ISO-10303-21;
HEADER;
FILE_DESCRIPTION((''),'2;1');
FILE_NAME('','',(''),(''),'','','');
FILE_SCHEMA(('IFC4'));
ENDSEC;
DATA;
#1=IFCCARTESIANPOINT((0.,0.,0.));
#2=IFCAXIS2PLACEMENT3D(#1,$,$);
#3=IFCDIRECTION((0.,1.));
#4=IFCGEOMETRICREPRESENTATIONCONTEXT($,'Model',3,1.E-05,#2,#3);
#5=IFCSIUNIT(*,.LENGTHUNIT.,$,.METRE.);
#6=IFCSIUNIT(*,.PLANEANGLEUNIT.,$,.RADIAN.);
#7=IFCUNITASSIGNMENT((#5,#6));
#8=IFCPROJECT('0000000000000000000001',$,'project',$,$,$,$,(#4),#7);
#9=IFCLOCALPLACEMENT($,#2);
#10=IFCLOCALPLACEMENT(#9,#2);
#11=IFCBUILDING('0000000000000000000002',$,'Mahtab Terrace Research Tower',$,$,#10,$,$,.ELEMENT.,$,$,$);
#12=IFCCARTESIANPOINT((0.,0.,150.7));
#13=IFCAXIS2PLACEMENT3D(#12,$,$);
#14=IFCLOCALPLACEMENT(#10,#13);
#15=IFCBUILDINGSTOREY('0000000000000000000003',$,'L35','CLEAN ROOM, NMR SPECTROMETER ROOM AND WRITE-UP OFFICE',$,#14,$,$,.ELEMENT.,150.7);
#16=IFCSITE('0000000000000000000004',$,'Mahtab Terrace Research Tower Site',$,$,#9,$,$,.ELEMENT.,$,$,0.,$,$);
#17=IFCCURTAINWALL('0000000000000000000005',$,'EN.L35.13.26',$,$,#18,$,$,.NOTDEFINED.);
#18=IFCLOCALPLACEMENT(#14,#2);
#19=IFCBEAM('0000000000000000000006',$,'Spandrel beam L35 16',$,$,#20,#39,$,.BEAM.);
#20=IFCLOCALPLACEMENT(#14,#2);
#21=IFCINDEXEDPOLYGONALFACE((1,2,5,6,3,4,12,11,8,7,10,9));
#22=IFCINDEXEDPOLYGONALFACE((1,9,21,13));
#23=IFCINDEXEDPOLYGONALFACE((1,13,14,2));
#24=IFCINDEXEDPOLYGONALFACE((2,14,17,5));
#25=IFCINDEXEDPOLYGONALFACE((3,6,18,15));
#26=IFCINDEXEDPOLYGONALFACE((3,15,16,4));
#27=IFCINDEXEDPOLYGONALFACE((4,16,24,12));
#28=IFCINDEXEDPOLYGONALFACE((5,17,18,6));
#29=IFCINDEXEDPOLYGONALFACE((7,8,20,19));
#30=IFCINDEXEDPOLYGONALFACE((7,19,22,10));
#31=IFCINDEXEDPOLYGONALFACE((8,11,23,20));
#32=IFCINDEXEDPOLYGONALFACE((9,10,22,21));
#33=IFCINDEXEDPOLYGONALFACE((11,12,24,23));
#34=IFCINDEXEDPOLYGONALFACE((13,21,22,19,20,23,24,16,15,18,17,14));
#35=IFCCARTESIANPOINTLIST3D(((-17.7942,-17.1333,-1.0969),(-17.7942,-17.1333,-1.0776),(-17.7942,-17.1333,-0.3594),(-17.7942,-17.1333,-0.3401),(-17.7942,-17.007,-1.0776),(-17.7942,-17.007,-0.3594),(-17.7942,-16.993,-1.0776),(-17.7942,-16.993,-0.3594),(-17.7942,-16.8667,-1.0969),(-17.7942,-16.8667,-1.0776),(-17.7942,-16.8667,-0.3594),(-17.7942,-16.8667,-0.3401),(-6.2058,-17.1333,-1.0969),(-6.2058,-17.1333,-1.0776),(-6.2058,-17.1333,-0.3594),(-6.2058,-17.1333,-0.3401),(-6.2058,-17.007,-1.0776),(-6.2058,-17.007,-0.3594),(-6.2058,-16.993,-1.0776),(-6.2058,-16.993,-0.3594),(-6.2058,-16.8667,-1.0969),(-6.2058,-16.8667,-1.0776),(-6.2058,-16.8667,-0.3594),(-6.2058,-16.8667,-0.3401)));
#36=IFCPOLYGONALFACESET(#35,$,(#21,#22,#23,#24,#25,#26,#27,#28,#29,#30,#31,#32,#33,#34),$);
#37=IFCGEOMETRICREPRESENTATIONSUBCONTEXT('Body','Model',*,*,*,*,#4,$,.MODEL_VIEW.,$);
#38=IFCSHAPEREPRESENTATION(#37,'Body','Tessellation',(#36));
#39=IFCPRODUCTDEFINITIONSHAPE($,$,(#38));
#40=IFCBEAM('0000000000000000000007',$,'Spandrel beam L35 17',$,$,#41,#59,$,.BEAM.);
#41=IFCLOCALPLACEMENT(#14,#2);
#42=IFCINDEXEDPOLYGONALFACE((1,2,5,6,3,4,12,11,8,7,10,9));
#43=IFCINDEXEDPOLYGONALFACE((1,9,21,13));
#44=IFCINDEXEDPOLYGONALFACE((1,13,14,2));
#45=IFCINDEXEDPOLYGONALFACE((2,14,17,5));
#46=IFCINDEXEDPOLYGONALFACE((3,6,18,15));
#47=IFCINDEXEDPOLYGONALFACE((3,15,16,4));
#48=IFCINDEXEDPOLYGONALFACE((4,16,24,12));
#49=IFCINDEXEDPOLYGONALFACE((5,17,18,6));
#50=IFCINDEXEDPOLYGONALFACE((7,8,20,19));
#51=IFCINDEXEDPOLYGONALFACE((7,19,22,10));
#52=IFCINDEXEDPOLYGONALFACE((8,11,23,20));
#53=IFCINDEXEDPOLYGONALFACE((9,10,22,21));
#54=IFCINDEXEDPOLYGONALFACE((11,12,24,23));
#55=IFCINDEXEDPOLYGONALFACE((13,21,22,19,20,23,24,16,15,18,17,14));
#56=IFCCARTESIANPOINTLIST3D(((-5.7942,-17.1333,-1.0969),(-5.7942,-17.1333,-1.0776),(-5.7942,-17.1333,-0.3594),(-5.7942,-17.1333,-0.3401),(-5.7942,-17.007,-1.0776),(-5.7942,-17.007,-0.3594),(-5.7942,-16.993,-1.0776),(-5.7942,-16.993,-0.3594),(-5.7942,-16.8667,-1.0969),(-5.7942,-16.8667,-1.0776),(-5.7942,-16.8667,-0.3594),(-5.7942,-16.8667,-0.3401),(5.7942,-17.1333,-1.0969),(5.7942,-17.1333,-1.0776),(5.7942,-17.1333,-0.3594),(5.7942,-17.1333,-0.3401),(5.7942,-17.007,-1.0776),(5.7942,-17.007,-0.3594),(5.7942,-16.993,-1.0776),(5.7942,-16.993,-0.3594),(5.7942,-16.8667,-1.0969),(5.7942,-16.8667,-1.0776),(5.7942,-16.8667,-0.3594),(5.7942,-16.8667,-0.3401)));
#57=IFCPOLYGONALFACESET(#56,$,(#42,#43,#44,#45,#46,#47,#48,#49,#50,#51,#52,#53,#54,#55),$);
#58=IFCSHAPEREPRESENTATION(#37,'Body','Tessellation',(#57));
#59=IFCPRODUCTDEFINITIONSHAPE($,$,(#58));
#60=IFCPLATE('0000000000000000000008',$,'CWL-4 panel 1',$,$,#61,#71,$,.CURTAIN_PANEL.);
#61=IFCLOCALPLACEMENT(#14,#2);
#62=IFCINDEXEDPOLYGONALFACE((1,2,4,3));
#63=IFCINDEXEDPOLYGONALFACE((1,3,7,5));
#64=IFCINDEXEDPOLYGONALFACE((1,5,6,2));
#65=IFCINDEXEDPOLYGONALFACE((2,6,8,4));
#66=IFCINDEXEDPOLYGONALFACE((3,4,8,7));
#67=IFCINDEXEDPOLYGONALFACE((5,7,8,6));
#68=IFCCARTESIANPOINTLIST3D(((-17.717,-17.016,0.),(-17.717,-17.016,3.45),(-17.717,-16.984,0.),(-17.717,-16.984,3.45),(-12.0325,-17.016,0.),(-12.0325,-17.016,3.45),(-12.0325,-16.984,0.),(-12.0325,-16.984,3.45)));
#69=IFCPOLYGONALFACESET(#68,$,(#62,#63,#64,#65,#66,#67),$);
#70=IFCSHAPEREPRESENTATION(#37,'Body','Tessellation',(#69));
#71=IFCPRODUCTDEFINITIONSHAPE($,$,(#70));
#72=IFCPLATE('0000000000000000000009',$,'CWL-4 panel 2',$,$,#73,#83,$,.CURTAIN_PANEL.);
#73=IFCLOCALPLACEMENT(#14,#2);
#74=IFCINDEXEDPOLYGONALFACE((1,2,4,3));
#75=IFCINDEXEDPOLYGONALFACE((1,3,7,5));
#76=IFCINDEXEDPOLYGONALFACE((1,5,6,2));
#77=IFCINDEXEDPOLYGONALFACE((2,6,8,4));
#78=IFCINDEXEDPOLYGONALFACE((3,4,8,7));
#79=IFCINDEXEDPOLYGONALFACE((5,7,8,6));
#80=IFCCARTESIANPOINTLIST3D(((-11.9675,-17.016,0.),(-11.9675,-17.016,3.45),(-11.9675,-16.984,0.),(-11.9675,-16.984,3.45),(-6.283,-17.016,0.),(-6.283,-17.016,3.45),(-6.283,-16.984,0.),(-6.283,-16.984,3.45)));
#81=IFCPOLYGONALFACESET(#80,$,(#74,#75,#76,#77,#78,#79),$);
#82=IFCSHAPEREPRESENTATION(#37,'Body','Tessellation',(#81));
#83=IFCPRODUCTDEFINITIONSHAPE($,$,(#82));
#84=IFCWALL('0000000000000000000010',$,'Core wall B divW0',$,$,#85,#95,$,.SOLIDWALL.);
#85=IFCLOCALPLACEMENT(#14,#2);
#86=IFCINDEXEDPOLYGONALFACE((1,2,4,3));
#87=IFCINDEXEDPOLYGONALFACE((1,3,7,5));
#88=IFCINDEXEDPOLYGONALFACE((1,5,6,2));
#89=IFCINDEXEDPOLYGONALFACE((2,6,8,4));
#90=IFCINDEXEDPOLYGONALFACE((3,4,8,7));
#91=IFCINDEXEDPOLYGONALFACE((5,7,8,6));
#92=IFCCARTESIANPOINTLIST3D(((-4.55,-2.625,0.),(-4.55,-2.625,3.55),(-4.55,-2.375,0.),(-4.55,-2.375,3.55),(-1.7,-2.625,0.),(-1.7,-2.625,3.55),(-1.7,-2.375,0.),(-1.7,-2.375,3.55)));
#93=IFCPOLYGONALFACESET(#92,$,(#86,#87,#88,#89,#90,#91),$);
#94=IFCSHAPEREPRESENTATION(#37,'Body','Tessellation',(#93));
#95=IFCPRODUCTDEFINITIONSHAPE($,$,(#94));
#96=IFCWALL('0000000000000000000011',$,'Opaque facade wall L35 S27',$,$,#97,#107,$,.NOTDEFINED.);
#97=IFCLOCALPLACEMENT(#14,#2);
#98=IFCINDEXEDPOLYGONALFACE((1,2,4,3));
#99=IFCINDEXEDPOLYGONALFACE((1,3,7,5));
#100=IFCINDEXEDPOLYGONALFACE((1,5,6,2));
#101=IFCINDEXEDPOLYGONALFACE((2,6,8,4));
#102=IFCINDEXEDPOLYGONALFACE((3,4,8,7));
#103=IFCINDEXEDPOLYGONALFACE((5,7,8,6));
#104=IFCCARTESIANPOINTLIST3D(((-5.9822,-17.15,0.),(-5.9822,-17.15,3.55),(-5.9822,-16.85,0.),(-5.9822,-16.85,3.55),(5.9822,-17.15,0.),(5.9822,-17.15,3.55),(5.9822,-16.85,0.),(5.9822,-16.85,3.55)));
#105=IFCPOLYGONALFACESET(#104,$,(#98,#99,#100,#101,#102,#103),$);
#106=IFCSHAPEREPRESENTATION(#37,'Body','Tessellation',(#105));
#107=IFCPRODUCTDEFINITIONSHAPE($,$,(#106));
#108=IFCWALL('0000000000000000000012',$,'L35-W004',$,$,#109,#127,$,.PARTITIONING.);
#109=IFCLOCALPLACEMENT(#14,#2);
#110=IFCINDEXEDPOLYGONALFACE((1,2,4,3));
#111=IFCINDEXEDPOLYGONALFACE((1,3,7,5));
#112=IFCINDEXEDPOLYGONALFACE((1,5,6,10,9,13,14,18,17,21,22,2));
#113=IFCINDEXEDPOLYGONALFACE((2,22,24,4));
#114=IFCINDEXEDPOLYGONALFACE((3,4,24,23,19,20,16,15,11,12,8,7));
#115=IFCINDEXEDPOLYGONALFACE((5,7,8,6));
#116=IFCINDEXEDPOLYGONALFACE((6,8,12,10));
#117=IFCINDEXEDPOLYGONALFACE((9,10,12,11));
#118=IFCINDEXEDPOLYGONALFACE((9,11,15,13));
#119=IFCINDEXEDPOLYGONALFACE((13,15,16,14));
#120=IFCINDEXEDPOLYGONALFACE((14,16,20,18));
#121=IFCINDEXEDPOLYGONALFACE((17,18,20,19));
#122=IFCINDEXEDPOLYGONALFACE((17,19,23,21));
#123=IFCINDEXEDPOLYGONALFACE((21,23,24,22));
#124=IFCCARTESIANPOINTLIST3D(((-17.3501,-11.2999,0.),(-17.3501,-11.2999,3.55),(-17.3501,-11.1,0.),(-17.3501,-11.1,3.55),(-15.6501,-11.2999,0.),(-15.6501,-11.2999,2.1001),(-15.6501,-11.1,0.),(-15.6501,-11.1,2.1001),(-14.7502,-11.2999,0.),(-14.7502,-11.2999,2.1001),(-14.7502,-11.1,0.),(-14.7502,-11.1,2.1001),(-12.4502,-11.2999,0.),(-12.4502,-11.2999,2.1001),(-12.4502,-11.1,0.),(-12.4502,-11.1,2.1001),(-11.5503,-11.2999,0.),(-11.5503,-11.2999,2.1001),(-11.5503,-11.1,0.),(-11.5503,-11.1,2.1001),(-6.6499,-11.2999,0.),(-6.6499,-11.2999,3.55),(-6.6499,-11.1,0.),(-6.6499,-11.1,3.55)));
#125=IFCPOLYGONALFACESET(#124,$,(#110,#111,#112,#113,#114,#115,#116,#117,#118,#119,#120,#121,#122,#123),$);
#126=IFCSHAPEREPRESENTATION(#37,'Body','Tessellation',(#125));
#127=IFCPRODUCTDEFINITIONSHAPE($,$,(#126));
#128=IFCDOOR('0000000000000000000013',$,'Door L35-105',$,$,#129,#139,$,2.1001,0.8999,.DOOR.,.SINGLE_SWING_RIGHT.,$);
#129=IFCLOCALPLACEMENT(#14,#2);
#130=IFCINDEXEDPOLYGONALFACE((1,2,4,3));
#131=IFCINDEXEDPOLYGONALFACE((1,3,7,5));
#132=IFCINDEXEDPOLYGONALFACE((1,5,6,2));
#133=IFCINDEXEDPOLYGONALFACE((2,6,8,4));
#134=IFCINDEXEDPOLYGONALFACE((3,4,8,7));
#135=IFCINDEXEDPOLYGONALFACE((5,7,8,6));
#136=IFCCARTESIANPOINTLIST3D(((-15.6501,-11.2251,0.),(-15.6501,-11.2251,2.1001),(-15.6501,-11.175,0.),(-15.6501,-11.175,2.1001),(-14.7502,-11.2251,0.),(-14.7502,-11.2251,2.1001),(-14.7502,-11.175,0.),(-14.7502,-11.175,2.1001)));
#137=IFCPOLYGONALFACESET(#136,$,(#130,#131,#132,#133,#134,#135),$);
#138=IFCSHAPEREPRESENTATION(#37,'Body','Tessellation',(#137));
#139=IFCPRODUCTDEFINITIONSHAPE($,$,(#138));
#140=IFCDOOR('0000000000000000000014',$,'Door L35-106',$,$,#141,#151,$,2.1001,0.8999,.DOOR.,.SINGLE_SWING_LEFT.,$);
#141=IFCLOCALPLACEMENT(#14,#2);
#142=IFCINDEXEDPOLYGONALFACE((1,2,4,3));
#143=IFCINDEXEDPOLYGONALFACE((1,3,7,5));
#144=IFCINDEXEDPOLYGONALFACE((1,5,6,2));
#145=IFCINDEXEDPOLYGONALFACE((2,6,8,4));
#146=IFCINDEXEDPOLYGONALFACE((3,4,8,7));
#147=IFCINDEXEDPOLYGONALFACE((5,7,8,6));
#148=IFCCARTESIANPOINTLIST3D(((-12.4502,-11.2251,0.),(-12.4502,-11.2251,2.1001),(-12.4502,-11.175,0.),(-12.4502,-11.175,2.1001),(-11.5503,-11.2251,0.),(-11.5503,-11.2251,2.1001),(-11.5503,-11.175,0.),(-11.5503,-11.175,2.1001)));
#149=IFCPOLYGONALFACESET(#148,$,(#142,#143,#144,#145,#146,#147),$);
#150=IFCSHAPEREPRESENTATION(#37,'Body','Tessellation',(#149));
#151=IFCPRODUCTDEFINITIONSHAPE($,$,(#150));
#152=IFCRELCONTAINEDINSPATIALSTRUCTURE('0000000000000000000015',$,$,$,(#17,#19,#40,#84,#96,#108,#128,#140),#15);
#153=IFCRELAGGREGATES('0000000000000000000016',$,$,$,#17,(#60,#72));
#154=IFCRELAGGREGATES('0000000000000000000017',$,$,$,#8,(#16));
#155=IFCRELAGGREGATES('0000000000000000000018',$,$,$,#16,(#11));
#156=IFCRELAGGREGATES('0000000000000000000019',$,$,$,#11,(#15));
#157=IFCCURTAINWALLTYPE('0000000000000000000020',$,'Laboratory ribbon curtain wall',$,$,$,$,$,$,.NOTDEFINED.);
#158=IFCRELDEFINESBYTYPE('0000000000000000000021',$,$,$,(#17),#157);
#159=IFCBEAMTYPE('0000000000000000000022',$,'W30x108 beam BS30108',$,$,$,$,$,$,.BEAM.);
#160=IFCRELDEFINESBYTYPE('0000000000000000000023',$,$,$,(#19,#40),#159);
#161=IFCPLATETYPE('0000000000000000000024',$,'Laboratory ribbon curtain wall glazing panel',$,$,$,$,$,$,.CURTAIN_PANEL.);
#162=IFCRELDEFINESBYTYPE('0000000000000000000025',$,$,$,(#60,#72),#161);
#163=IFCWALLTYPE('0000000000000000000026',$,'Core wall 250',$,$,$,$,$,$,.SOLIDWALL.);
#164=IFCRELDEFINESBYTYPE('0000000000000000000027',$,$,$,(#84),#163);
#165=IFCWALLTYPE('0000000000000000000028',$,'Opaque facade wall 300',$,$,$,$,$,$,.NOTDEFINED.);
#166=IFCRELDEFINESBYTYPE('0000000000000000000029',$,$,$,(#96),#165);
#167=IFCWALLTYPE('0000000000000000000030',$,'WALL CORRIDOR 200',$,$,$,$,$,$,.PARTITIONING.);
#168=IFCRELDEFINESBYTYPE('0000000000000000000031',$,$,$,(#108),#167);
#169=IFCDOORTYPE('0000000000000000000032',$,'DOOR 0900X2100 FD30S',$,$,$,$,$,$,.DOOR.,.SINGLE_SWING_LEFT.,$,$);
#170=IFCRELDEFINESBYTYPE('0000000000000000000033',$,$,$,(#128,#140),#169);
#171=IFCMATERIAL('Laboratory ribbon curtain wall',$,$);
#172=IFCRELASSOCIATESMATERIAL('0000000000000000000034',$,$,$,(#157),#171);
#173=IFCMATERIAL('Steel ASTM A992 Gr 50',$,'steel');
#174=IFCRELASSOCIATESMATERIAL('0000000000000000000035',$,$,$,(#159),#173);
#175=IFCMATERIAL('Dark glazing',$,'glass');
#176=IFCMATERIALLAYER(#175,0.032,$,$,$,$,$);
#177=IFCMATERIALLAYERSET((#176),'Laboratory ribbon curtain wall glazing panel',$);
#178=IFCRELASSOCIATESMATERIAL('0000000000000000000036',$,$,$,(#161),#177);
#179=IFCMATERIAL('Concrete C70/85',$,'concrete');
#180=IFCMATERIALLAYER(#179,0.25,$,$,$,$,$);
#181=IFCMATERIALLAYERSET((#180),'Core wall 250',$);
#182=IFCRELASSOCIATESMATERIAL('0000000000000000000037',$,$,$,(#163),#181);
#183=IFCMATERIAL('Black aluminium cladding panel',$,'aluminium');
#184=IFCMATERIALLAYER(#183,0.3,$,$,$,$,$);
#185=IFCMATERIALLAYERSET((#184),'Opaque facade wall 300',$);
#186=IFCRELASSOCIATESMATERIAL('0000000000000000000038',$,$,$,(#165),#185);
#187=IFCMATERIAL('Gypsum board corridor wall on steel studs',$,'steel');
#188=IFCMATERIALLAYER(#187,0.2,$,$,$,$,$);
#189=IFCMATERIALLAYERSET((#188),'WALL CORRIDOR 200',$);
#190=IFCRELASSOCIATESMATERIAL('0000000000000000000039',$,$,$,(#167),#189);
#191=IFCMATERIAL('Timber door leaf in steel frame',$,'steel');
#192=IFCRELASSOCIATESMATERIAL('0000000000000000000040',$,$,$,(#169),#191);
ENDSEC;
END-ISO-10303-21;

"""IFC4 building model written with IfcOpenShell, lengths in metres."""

from ifc_helpers import new_model, si_unit, direction, frame, frame_2d, origin, origin_2d, place, context, subcontext, project, spatial, rectangle, i_section, extrude, material, layer, layer_set, material_profile, profile_set, type_object, element, fill, aggregate, save


model = new_model("IFC4")

# Units and contexts
model_context = context("Model", 3, precision=1e-05, world=origin(), true_north=direction((0.0, 1.0)))
body_context = subcontext(model_context, "Body", "Model", "MODEL_VIEW")
ifc_project = project(units=[si_unit("LENGTHUNIT", "METRE"), si_unit("PLANEANGLEUNIT", "RADIAN")], contexts=[model_context])

# Site, building, storey
site_placement = place(None, origin())
site = spatial("IfcSite", under=ifc_project, at=site_placement, Name="Mahtab Terrace Research Tower Site", CompositionType="ELEMENT", RefElevation=0.0)
building_placement = place(site_placement, origin())
building = spatial("IfcBuilding", under=site, at=building_placement, Name="Mahtab Terrace Research Tower", CompositionType="ELEMENT")
storey_placement = place(building_placement, frame((0.0, 0.0, 150.7)))
storey = spatial("IfcBuildingStorey", under=building, at=storey_placement, Name="L35", Description="CLEAN ROOM, NMR SPECTROMETER ROOM AND WRITE-UP OFFICE", CompositionType="ELEMENT", Elevation=150.7)

# Shared definitions
ifc_material_1 = material(Name="Concrete C70/85", Category="concrete")
ifc_material_2 = material(Name="Steel ASTM A992 Gr 50", Category="steel")

# Curtain wall
ifc_material_3 = material(Name="Laboratory ribbon curtain wall")
curtain_wall_type = type_object("IfcCurtainWallType", Name="Laboratory ribbon curtain wall", PredefinedType="NOTDEFINED", material=ifc_material_3)
curtain_wall_placement = place(storey_placement, origin())
curtain_wall = element("IfcCurtainWall", 1, at=curtain_wall_placement, inside=storey, type_object=curtain_wall_type, Name="EN.L35.13.26", PredefinedType="NOTDEFINED")

# Beams
ifc_material_profile_1 = material_profile(ifc_material_2, i_section(OverallWidth=0.2666, OverallDepth=0.7568, WebThickness=0.0139, FlangeThickness=0.0193, at=origin_2d()), Name="W30X108")
ifc_profile_set_1 = profile_set([ifc_material_profile_1], Name="Steel ASTM A992 Gr 50")
beam_type = type_object("IfcBeamType", Name="W30x108 beam BS30108", PredefinedType="BEAM", material=ifc_profile_set_1)
for number, where, z_axis, x_axis, name in (
    (2, (-17.7942, -17.0, -0.7185), (1.0, 0.0, 0.0), (0.0, 1.0, 0.0), "Spandrel beam L35 16"),
    (3, (-5.7942, -17.0, -0.7185), (1.0, 0.0, 0.0), (0.0, 1.0, 0.0), "Spandrel beam L35 17"),
):
    element("IfcBeam", number, at=place(storey_placement, frame(where, z_axis=z_axis, x_axis=x_axis)), inside=storey, type_object=beam_type, Name=name, PredefinedType="BEAM", context=body_context, shape_type="SweptSolid", body=[
        extrude(i_section(OverallWidth=0.2666, OverallDepth=0.7568, WebThickness=0.0139, FlangeThickness=0.0193, at=origin_2d()), origin(), (0.0, 0.0, 1.0), 11.5884),
    ])

# Plates
ifc_material_4 = material(Name="Dark glazing", Category="glass")
ifc_layer_1 = layer(ifc_material_4, 0.032)
ifc_layer_set_1 = layer_set([ifc_layer_1], Name="Laboratory ribbon curtain wall glazing panel")
plate_type = type_object("IfcPlateType", Name="Laboratory ribbon curtain wall glazing panel", PredefinedType="CURTAIN_PANEL", material=ifc_layer_set_1)
plate_1_placement = place(storey_placement, frame((-14.8748, -17.0, 0.0), z_axis=(0.0, 0.0, 1.0), x_axis=(1.0, 0.0, 0.0)))
plate_1 = element("IfcPlate", 4, at=plate_1_placement, type_object=plate_type, Name="CWL-4 panel 1", PredefinedType="CURTAIN_PANEL", context=body_context, shape_type="SweptSolid", body=[
    extrude(rectangle(XDim=5.6846, YDim=0.032, at=origin_2d()), origin(), (0.0, 0.0, 1.0), 3.45),
])
plate_2_placement = place(storey_placement, frame((-9.1252, -17.0, 0.0), z_axis=(0.0, 0.0, 1.0), x_axis=(1.0, 0.0, 0.0)))
plate_2 = element("IfcPlate", 5, at=plate_2_placement, type_object=plate_type, Name="CWL-4 panel 2", PredefinedType="CURTAIN_PANEL", context=body_context, shape_type="SweptSolid", body=[
    extrude(rectangle(XDim=5.6846, YDim=0.032, at=origin_2d()), origin(), (0.0, 0.0, 1.0), 3.45),
])
aggregate(curtain_wall, [plate_1, plate_2])

# Walls
ifc_layer_2 = layer(ifc_material_1, 0.25)
ifc_layer_set_2 = layer_set([ifc_layer_2], Name="Core wall 250")
wall_type_1 = type_object("IfcWallType", Name="Core wall 250", PredefinedType="SOLIDWALL", material=ifc_layer_set_2)
wall_1_placement = place(storey_placement, frame((-4.55, -2.5, 0.0), z_axis=(0.0, 0.0, 1.0), x_axis=(1.0, 0.0, 0.0)))
element("IfcWall", 6, at=wall_1_placement, inside=storey, type_object=wall_type_1, Name="Core wall B divW0", PredefinedType="SOLIDWALL", context=body_context, shape_type="SweptSolid", body=[
    extrude(rectangle(XDim=2.8501, YDim=0.25, at=frame_2d((1.425, 0.0))), origin(), (0.0, 0.0, 1.0), 3.55),
])
ifc_material_5 = material(Name="Black aluminium cladding panel", Category="aluminium")
ifc_layer_3 = layer(ifc_material_5, 0.3)
ifc_layer_set_3 = layer_set([ifc_layer_3], Name="Opaque facade wall 300")
wall_type_2 = type_object("IfcWallType", Name="Opaque facade wall 300", PredefinedType="NOTDEFINED", material=ifc_layer_set_3)
wall_2_placement = place(storey_placement, frame((-5.9822, -17.0, 0.0), z_axis=(0.0, 0.0, 1.0), x_axis=(1.0, 0.0, 0.0)))
element("IfcWall", 7, at=wall_2_placement, inside=storey, type_object=wall_type_2, Name="Opaque facade wall L35 S27", PredefinedType="NOTDEFINED", context=body_context, shape_type="SweptSolid", body=[
    extrude(rectangle(XDim=11.9644, YDim=0.3, at=frame_2d((5.9822, 0.0))), origin(), (0.0, 0.0, 1.0), 3.55),
])

# Wall, openings, doors
ifc_material_6 = material(Name="Gypsum board corridor wall on steel studs", Category="steel")
ifc_layer_4 = layer(ifc_material_6, 0.2)
ifc_layer_set_4 = layer_set([ifc_layer_4], Name="WALL CORRIDOR 200")
wall_type_3 = type_object("IfcWallType", Name="WALL CORRIDOR 200", PredefinedType="PARTITIONING", material=ifc_layer_set_4)
wall_3_placement = place(storey_placement, frame((-17.3501, -11.2, 0.0), z_axis=(0.0, 0.0, 1.0), x_axis=(1.0, 0.0, 0.0)))
wall_3 = element("IfcWall", 8, at=wall_3_placement, inside=storey, type_object=wall_type_3, Name="L35-W004", PredefinedType="PARTITIONING", context=body_context, shape_type="SweptSolid", body=[
    extrude(rectangle(XDim=10.7002, YDim=0.2, at=frame_2d((5.3501, 0.0))), origin(), (0.0, 0.0, 1.0), 3.55),
])
opening_1_placement = place(wall_3_placement, frame((1.7, 0.0, 0.0)))
opening_1 = element("IfcOpeningElement", 9, at=opening_1_placement, cuts=wall_3, PredefinedType="OPENING", context=body_context, shape_type="SweptSolid", body=[
    extrude(rectangle(XDim=0.8999, YDim=2.1001, at=frame_2d((0.45, 1.05))), frame((0.0, 0.1099, 0.0), z_axis=(0.0, -1.0, 0.0), x_axis=(1.0, 0.0, 0.0)), (0.0, 0.0, 1.0), 0.22),
])
opening_2_placement = place(wall_3_placement, frame((4.8999, 0.0, 0.0)))
opening_2 = element("IfcOpeningElement", 10, at=opening_2_placement, cuts=wall_3, PredefinedType="OPENING", context=body_context, shape_type="SweptSolid", body=[
    extrude(rectangle(XDim=0.8999, YDim=2.1001, at=frame_2d((0.45, 1.05))), frame((0.0, 0.1099, 0.0), z_axis=(0.0, -1.0, 0.0), x_axis=(1.0, 0.0, 0.0)), (0.0, 0.0, 1.0), 0.22),
])
ifc_material_7 = material(Name="Timber door leaf in steel frame", Category="steel")
door_type_1 = type_object("IfcDoorType", Name="DOOR 0900X2100 FD30S", OperationType="SINGLE_SWING_LEFT", PredefinedType="DOOR", material=ifc_material_7)
door_1_placement = place(opening_1_placement, origin())
door_1 = element("IfcDoor", 11, at=door_1_placement, inside=storey, type_object=door_type_1, Name="Door L35-105", OperationType="SINGLE_SWING_RIGHT", OverallHeight=2.1001, OverallWidth=0.8999, PredefinedType="DOOR", context=body_context, shape_type="SweptSolid", body=[
    extrude(rectangle(XDim=0.8999, YDim=2.1001, at=frame_2d((0.45, 1.05))), frame((0.0, 0.0249, 0.0), z_axis=(0.0, -1.0, 0.0), x_axis=(1.0, 0.0, 0.0)), (0.0, 0.0, 1.0), 0.05),
])
fill(opening_1, door_1)
door_2_placement = place(opening_2_placement, origin())
door_2 = element("IfcDoor", 12, at=door_2_placement, inside=storey, type_object=door_type_1, Name="Door L35-106", OperationType="SINGLE_SWING_LEFT", OverallHeight=2.1001, OverallWidth=0.8999, PredefinedType="DOOR", context=body_context, shape_type="SweptSolid", body=[
    extrude(rectangle(XDim=0.8999, YDim=2.1001, at=frame_2d((0.45, 1.05))), frame((0.0, 0.0249, 0.0), z_axis=(0.0, -1.0, 0.0), x_axis=(1.0, 0.0, 0.0)), (0.0, 0.0, 1.0), 0.05),
])
fill(opening_2, door_2)

save(model, "model.ifc")
